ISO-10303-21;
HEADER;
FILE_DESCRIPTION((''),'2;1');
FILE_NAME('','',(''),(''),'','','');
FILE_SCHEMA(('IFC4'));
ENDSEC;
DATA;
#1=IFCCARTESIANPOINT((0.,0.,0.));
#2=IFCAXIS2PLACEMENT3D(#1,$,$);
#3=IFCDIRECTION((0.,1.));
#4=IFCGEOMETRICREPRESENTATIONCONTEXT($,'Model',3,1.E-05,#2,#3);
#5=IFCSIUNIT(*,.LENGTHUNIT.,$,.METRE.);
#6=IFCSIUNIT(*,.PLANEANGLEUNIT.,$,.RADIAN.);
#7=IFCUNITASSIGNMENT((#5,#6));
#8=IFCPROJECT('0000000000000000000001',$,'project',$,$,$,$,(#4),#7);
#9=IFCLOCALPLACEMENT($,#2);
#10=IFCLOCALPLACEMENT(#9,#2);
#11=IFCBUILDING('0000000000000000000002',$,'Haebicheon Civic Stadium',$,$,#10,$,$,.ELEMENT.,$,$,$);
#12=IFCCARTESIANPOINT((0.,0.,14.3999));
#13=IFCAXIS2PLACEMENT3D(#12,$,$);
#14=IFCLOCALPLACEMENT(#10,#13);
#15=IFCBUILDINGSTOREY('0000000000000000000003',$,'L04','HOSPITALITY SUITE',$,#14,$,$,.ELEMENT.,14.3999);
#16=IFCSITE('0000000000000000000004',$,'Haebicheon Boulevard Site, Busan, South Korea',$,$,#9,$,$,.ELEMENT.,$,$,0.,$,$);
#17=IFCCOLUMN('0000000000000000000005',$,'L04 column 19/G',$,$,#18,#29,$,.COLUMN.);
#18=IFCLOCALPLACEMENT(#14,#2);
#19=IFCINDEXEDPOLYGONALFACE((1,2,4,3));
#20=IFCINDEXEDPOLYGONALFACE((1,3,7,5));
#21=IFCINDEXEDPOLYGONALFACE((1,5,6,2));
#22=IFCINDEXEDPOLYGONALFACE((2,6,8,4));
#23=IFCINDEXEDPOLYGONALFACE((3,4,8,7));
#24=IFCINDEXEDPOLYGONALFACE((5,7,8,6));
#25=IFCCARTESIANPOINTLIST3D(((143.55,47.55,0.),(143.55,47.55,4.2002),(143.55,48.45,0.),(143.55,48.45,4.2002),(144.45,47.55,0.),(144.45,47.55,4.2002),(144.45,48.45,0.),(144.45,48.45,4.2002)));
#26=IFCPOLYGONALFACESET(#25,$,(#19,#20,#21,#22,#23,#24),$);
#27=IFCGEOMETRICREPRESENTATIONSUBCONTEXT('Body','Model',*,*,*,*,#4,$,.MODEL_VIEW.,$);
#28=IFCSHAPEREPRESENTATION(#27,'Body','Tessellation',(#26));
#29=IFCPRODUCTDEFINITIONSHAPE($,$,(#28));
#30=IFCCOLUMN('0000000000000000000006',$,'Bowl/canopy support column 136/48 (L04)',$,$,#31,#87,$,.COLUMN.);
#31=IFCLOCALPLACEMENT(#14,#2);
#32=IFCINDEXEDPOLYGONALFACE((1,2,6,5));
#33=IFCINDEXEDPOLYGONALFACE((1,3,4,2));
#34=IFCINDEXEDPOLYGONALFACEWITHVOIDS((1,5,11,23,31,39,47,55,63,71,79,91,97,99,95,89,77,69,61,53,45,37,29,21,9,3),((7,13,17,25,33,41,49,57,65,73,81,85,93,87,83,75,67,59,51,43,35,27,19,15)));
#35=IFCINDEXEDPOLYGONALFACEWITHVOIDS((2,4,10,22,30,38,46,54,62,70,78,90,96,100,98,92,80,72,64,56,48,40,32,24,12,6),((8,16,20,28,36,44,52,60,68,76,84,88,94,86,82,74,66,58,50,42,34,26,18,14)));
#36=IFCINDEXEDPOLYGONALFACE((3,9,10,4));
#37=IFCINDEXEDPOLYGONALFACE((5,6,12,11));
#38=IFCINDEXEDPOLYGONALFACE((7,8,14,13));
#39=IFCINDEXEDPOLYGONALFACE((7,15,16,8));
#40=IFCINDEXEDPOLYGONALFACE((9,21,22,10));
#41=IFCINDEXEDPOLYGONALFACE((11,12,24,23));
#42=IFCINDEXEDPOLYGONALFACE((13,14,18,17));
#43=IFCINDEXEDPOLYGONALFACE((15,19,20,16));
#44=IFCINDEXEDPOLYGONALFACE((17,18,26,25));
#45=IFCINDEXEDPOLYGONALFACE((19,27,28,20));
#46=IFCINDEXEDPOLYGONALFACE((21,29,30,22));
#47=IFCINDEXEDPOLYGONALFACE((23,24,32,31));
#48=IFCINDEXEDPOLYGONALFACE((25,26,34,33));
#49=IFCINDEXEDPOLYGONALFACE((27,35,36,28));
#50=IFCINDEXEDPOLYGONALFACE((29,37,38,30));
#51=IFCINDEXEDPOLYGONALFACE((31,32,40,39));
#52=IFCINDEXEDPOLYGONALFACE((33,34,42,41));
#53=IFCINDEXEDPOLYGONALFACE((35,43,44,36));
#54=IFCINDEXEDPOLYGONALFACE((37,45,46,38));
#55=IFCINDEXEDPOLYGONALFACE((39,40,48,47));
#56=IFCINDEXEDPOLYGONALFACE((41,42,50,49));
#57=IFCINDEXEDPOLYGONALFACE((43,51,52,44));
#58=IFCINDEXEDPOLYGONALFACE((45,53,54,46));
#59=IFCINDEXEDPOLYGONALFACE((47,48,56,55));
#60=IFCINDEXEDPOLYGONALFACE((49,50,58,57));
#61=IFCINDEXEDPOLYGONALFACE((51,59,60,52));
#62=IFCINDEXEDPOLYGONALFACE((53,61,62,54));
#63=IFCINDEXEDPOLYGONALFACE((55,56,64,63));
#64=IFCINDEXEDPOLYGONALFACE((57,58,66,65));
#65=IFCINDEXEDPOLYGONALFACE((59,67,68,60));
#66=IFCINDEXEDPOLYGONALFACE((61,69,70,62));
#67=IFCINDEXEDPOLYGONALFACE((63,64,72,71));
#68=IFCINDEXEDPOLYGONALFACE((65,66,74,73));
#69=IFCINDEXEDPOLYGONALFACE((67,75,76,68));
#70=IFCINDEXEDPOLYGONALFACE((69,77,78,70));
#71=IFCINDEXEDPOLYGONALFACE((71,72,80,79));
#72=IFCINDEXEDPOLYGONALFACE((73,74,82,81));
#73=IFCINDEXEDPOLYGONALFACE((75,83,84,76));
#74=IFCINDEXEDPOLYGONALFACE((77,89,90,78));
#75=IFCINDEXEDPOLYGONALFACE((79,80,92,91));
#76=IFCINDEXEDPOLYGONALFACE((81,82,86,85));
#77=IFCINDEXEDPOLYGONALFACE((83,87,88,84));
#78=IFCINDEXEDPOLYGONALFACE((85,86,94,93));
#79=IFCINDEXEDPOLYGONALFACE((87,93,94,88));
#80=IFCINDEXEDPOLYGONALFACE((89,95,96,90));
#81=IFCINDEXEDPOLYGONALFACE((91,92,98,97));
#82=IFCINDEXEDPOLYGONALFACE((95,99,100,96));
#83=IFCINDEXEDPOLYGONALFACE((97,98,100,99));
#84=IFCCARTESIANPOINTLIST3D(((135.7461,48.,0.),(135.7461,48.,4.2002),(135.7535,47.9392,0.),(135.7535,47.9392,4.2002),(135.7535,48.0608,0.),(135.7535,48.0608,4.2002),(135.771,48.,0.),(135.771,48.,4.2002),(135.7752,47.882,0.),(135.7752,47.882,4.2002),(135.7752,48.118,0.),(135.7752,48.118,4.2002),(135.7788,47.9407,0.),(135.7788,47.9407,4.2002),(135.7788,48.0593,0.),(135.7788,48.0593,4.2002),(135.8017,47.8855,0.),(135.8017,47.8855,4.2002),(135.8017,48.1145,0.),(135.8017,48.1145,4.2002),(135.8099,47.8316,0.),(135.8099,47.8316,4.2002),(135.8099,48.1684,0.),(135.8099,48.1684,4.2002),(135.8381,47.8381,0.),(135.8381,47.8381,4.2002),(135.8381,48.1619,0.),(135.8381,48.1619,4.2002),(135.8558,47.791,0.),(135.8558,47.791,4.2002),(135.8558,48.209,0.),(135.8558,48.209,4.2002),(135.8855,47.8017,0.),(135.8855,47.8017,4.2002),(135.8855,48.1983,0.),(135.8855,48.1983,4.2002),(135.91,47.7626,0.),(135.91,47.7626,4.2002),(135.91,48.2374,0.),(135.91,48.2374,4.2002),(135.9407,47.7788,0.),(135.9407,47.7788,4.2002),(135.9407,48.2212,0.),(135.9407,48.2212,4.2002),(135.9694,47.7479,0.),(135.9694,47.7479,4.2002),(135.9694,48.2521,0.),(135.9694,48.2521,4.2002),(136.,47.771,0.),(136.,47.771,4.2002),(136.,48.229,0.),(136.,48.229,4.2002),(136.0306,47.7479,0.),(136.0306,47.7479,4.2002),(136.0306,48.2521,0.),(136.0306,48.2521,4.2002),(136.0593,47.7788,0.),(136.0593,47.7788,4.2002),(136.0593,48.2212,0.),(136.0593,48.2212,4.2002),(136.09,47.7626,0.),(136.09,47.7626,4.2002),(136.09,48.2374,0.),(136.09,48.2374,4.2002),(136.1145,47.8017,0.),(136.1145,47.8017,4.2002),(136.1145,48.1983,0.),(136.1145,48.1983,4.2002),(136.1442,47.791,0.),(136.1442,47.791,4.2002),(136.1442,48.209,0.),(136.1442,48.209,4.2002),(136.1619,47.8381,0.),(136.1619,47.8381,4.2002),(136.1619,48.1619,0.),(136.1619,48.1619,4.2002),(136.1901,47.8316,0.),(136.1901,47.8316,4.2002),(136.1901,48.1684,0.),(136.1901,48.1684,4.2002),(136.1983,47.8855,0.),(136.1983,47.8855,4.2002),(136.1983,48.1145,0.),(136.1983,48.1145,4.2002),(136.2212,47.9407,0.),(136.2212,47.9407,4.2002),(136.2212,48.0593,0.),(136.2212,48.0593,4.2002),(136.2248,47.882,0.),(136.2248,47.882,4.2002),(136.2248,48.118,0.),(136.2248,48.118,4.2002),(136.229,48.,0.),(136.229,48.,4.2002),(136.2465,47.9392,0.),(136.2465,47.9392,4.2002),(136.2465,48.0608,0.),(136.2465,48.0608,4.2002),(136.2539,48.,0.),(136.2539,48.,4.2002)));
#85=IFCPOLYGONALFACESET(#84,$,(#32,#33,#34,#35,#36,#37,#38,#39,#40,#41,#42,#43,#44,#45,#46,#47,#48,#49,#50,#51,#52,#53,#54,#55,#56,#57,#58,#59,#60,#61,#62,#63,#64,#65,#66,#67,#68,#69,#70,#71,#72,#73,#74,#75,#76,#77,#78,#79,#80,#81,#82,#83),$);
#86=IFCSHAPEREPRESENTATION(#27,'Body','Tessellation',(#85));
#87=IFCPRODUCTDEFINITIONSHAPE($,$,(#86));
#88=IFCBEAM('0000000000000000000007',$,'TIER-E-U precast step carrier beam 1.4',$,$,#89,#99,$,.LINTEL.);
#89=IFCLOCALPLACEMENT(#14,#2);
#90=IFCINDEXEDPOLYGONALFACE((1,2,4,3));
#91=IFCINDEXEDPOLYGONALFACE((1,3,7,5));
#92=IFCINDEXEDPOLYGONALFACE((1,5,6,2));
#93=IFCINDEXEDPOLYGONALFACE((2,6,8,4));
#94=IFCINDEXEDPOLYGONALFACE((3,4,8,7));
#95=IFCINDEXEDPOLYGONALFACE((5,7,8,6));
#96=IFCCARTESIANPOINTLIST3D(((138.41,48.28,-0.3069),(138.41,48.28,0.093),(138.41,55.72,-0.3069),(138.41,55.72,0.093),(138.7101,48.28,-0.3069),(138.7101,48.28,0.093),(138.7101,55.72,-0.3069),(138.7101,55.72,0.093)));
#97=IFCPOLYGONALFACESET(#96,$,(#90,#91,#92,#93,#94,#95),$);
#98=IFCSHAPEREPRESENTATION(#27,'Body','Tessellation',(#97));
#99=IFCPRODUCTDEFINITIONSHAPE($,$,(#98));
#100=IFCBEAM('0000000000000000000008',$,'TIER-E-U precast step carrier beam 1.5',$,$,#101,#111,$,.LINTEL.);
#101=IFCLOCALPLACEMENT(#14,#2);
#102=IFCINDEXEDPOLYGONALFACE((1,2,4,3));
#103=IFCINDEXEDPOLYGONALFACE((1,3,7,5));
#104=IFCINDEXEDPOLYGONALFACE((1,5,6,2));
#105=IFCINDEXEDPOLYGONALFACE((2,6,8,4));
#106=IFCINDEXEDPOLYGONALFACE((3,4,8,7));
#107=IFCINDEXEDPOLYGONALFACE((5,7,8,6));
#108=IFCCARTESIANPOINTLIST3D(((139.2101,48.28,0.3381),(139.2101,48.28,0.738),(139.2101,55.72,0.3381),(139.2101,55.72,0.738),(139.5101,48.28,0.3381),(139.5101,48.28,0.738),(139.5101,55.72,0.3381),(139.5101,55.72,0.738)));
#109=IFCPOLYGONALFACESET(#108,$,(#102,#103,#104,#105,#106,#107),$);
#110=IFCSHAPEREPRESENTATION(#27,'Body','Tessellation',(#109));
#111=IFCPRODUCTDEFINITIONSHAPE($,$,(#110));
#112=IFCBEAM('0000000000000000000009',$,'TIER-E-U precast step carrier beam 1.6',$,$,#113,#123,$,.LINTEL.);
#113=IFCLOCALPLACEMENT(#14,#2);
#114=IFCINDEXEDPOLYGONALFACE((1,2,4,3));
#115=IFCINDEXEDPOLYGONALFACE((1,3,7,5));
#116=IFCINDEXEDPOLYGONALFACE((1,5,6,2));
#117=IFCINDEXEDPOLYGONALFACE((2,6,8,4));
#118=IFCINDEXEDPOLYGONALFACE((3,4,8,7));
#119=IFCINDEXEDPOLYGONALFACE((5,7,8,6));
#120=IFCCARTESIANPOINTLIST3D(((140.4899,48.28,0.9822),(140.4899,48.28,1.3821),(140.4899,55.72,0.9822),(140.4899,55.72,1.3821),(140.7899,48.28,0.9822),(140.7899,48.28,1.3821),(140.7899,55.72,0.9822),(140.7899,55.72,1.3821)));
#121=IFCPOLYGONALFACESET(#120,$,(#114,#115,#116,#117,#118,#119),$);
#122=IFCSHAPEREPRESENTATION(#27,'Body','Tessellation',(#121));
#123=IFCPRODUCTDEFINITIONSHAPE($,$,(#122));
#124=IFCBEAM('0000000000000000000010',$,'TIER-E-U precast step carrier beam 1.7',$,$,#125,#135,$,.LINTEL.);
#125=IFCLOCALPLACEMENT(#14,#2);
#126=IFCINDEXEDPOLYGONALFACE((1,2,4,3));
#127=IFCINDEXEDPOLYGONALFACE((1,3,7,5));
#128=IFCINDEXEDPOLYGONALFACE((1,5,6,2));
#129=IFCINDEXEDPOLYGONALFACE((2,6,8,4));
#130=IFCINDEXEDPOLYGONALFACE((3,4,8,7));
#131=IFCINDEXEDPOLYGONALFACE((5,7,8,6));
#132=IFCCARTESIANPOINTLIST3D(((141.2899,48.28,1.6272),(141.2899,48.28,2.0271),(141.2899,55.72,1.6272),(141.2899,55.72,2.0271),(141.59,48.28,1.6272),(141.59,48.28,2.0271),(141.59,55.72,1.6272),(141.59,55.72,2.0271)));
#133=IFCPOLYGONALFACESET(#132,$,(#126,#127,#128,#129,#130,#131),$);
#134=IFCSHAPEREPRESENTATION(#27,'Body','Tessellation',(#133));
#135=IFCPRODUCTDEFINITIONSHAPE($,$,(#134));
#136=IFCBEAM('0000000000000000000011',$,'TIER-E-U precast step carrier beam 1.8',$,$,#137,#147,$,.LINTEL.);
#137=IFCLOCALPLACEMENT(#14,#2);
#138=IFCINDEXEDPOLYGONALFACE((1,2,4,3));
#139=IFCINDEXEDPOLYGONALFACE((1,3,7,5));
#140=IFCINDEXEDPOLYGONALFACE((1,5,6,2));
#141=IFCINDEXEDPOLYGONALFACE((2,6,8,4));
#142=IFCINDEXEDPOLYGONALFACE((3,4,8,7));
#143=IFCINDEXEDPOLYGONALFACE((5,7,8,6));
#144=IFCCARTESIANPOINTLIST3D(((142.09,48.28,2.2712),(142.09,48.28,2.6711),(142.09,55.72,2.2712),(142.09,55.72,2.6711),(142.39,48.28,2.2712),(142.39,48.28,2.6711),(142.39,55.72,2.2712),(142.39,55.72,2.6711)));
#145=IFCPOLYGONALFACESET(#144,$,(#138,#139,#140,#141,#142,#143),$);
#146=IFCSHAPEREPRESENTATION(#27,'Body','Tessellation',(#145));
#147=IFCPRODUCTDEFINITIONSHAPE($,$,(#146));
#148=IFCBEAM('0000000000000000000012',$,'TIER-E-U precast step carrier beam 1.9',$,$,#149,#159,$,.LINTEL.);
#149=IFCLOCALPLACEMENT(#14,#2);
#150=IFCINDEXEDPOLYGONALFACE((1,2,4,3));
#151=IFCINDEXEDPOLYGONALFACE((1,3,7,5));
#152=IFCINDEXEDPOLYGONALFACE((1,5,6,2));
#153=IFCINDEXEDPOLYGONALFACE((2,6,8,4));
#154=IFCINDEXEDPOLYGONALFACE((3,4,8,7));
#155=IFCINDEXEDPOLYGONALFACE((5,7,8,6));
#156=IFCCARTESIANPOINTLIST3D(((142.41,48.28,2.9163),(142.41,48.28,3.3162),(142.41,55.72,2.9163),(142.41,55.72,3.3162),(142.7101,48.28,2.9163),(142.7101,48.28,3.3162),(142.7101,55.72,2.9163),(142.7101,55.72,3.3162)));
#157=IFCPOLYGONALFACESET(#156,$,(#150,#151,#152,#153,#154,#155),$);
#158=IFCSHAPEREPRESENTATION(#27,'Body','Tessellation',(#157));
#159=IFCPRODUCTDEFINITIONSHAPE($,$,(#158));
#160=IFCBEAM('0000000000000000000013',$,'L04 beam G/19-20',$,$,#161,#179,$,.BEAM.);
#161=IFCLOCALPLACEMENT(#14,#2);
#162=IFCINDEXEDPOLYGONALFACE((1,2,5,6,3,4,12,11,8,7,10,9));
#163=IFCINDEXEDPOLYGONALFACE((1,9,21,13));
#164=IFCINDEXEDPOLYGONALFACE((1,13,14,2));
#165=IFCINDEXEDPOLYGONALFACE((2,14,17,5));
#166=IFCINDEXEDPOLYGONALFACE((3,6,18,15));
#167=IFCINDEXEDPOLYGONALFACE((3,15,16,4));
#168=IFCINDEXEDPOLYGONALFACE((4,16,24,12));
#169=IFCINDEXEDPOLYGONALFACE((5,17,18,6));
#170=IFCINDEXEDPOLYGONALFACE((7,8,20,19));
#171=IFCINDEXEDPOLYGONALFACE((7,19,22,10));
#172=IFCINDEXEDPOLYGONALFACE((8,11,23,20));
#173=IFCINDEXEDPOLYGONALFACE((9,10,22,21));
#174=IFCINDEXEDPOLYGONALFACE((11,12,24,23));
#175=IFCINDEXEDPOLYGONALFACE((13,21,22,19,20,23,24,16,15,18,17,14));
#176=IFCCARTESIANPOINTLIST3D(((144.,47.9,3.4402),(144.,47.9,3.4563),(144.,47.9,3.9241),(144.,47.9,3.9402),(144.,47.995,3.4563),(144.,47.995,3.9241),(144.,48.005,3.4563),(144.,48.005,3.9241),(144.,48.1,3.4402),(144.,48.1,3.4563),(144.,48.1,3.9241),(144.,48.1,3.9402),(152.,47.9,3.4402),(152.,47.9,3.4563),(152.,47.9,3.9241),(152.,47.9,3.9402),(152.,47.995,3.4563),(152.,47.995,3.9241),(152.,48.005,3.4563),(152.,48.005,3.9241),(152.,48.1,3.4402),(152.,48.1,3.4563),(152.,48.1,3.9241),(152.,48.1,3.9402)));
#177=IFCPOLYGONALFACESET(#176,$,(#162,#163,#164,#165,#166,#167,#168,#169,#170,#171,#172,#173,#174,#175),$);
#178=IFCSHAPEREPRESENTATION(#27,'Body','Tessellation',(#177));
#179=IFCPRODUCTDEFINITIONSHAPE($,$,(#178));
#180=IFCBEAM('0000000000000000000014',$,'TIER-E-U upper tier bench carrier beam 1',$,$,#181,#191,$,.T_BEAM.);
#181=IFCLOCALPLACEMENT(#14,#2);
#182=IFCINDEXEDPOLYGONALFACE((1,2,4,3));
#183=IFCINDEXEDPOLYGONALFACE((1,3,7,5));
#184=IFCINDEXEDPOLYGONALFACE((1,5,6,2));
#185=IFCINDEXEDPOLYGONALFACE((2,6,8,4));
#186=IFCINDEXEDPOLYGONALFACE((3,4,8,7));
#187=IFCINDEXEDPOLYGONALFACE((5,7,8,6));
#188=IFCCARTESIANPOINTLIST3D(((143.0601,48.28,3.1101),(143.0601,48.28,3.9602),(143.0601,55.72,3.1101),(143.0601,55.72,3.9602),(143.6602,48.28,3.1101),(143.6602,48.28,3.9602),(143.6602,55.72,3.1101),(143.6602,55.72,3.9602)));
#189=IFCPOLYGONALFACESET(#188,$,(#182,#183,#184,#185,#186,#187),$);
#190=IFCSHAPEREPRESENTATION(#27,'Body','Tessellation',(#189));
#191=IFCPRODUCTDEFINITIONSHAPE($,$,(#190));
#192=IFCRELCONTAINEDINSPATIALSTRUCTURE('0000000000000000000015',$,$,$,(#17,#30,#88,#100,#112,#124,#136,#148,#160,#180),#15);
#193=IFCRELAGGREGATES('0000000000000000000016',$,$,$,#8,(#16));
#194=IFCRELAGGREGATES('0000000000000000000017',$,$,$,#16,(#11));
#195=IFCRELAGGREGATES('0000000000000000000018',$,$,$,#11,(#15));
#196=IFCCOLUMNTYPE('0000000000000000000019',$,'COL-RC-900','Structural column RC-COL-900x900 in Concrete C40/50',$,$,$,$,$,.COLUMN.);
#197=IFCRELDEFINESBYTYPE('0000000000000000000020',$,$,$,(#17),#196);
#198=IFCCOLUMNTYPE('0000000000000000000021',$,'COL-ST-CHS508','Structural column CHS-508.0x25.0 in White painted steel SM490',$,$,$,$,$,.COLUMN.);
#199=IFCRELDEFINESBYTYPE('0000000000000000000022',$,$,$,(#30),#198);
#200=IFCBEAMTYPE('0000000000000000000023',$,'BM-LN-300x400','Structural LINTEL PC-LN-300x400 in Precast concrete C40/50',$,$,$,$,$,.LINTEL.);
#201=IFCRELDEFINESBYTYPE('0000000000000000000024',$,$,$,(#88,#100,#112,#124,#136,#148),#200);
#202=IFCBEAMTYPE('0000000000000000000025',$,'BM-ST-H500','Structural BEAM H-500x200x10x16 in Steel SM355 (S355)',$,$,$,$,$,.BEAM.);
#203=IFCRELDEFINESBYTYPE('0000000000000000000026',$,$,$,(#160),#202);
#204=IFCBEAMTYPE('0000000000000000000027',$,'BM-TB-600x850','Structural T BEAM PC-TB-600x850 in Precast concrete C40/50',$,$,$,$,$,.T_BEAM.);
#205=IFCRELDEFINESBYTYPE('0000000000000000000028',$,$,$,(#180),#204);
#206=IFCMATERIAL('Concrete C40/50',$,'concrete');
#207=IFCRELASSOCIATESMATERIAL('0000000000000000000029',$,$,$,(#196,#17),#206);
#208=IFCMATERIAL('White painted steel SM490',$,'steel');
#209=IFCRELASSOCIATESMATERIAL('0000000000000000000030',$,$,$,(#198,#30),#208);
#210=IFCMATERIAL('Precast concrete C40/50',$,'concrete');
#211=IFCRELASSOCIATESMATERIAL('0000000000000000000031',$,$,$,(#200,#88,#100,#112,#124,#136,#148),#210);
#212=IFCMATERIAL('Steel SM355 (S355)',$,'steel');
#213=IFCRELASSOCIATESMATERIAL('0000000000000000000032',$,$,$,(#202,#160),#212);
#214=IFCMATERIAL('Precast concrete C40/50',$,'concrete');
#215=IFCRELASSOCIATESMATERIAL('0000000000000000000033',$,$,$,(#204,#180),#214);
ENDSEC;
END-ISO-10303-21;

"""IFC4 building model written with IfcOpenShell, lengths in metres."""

from ifc_helpers import new_model, si_unit, direction, frame, origin, origin_2d, place, context, subcontext, project, spatial, rectangle, hollow_circle, i_section, extrude, material, material_profile, profile_set, type_object, element, save


model = new_model("IFC4")

# Units and contexts
model_context = context("Model", 3, precision=1e-05, world=origin(), true_north=direction((0.0, 1.0)))
body_context = subcontext(model_context, "Body", "Model", "MODEL_VIEW")
ifc_project = project(units=[si_unit("LENGTHUNIT", "METRE"), si_unit("PLANEANGLEUNIT", "RADIAN")], contexts=[model_context])

# Site, building, storey
site_placement = place(None, origin())
site = spatial("IfcSite", under=ifc_project, at=site_placement, Name="Haebicheon Boulevard Site, Busan, South Korea", CompositionType="ELEMENT", RefElevation=0.0)
building_placement = place(site_placement, origin())
building = spatial("IfcBuilding", under=site, at=building_placement, Name="Haebicheon Civic Stadium", CompositionType="ELEMENT")
storey_placement = place(building_placement, frame((0.0, 0.0, 14.3999)))
storey = spatial("IfcBuildingStorey", under=building, at=storey_placement, Name="L04", Description="HOSPITALITY SUITE", CompositionType="ELEMENT", Elevation=14.3999)

# Columns
ifc_material_1 = material(Name="Concrete C40/50", Category="concrete")
ifc_material_profile_1 = material_profile(ifc_material_1, rectangle(XDim=0.8999, YDim=0.8999, at=origin_2d()), Name="RC-COL-900x900")
ifc_profile_set_1 = profile_set([ifc_material_profile_1], Name="Concrete C40/50")
column_type_1 = type_object("IfcColumnType", Name="COL-RC-900", Description="Structural column RC-COL-900x900 in Concrete C40/50", PredefinedType="COLUMN", material=ifc_profile_set_1)
column_1_placement = place(storey_placement, frame((144.0, 48.0, 0.0), z_axis=(0.0, 0.0, 1.0), x_axis=(1.0, 0.0, 0.0)))
element("IfcColumn", 1, at=column_1_placement, inside=storey, type_object=column_type_1, material=ifc_profile_set_1, Name="L04 column 19/G", PredefinedType="COLUMN", context=body_context, shape_type="SweptSolid", body=[
    extrude(rectangle(XDim=0.8999, YDim=0.8999, at=origin_2d()), origin(), (0.0, 0.0, 1.0), 4.2002),
])
ifc_material_2 = material(Name="White painted steel SM490", Category="steel")
ifc_material_profile_2 = material_profile(ifc_material_2, hollow_circle(Radius=0.2539, WallThickness=0.0249, at=origin_2d()), Name="CHS-508.0x25.0")
ifc_profile_set_2 = profile_set([ifc_material_profile_2], Name="White painted steel SM490")
column_type_2 = type_object("IfcColumnType", Name="COL-ST-CHS508", Description="Structural column CHS-508.0x25.0 in White painted steel SM490", PredefinedType="COLUMN", material=ifc_profile_set_2)
column_2_placement = place(storey_placement, frame((136.0, 48.0, 0.0), z_axis=(0.0, 0.0, 1.0), x_axis=(1.0, 0.0, 0.0)))
element("IfcColumn", 2, at=column_2_placement, inside=storey, type_object=column_type_2, material=ifc_profile_set_2, Name="Bowl/canopy support column 136/48 (L04)", PredefinedType="COLUMN", context=body_context, shape_type="SweptSolid", body=[
    extrude(hollow_circle(Radius=0.2539, WallThickness=0.0249, at=origin_2d()), origin(), (0.0, 0.0, 1.0), 4.2002),
])

# Beams
ifc_material_3 = material(Name="Precast concrete C40/50", Category="concrete")
ifc_material_profile_3 = material_profile(ifc_material_3, rectangle(XDim=0.3, YDim=0.3999, at=origin_2d()), Name="PC-LN-300x400")
ifc_profile_set_3 = profile_set([ifc_material_profile_3], Name="Precast concrete C40/50")
beam_type_1 = type_object("IfcBeamType", Name="BM-LN-300x400", Description="Structural LINTEL PC-LN-300x400 in Precast concrete C40/50", PredefinedType="LINTEL", material=ifc_profile_set_3)
for number, where, z_axis, x_axis, name in (
    (3, (138.5601, 48.28, -0.1069), (0.0, 1.0, 0.0), (-1.0, 0.0, 0.0), "TIER-E-U precast step carrier beam 1.4"),
    (4, (139.3601, 48.28, 0.5381), (0.0, 1.0, 0.0), (-1.0, 0.0, 0.0), "TIER-E-U precast step carrier beam 1.5"),
    (5, (140.6399, 48.28, 1.1821), (0.0, 1.0, 0.0), (-1.0, 0.0, 0.0), "TIER-E-U precast step carrier beam 1.6"),
    (6, (141.4399, 48.28, 1.8271), (0.0, 1.0, 0.0), (-1.0, 0.0, 0.0), "TIER-E-U precast step carrier beam 1.7"),
    (7, (142.24, 48.28, 2.4712), (0.0, 1.0, 0.0), (-1.0, 0.0, 0.0), "TIER-E-U precast step carrier beam 1.8"),
    (8, (142.5601, 48.28, 3.1162), (0.0, 1.0, 0.0), (-1.0, 0.0, 0.0), "TIER-E-U precast step carrier beam 1.9"),
):
    element("IfcBeam", number, at=place(storey_placement, frame(where, z_axis=z_axis, x_axis=x_axis)), inside=storey, type_object=beam_type_1, material=ifc_profile_set_3, Name=name, PredefinedType="LINTEL", context=body_context, shape_type="SweptSolid", body=[
        extrude(rectangle(XDim=0.3, YDim=0.3999, at=origin_2d()), origin(), (0.0, 0.0, 1.0), 7.4399),
    ])
ifc_material_4 = material(Name="Steel SM355 (S355)", Category="steel")
ifc_material_profile_4 = material_profile(ifc_material_4, i_section(OverallWidth=0.2, OverallDepth=0.5, WebThickness=0.01, FlangeThickness=0.0161, at=origin_2d()), Name="H-500x200x10x16")
ifc_profile_set_4 = profile_set([ifc_material_profile_4], Name="Steel SM355 (S355)")
beam_type_2 = type_object("IfcBeamType", Name="BM-ST-H500", Description="Structural BEAM H-500x200x10x16 in Steel SM355 (S355)", PredefinedType="BEAM", material=ifc_profile_set_4)
beam_1_placement = place(storey_placement, frame((144.0, 48.0, 3.6902), z_axis=(1.0, 0.0, 0.0), x_axis=(0.0, 1.0, 0.0)))
element("IfcBeam", 9, at=beam_1_placement, inside=storey, type_object=beam_type_2, material=ifc_profile_set_4, Name="L04 beam G/19-20", PredefinedType="BEAM", context=body_context, shape_type="SweptSolid", body=[
    extrude(i_section(OverallWidth=0.2, OverallDepth=0.5, WebThickness=0.01, FlangeThickness=0.0161, at=origin_2d()), origin(), (0.0, 0.0, 1.0), 8.0),
])
ifc_material_5 = material(Name="Precast concrete C40/50", Category="concrete")
ifc_material_profile_5 = material_profile(ifc_material_5, rectangle(XDim=0.6001, YDim=0.8501, at=origin_2d()), Name="PC-TB-600x850")
ifc_profile_set_5 = profile_set([ifc_material_profile_5], Name="Precast concrete C40/50")
beam_type_3 = type_object("IfcBeamType", Name="BM-TB-600x850", Description="Structural T BEAM PC-TB-600x850 in Precast concrete C40/50", PredefinedType="T_BEAM", material=ifc_profile_set_5)
beam_2_placement = place(storey_placement, frame((143.3601, 48.28, 3.5352), z_axis=(0.0, 1.0, 0.0), x_axis=(-1.0, 0.0, 0.0)))
element("IfcBeam", 10, at=beam_2_placement, inside=storey, type_object=beam_type_3, material=ifc_profile_set_5, Name="TIER-E-U upper tier bench carrier beam 1", PredefinedType="T_BEAM", context=body_context, shape_type="SweptSolid", body=[
    extrude(rectangle(XDim=0.6001, YDim=0.8501, at=origin_2d()), origin(), (0.0, 0.0, 1.0), 7.4399),
])

save(model, "model.ifc")
